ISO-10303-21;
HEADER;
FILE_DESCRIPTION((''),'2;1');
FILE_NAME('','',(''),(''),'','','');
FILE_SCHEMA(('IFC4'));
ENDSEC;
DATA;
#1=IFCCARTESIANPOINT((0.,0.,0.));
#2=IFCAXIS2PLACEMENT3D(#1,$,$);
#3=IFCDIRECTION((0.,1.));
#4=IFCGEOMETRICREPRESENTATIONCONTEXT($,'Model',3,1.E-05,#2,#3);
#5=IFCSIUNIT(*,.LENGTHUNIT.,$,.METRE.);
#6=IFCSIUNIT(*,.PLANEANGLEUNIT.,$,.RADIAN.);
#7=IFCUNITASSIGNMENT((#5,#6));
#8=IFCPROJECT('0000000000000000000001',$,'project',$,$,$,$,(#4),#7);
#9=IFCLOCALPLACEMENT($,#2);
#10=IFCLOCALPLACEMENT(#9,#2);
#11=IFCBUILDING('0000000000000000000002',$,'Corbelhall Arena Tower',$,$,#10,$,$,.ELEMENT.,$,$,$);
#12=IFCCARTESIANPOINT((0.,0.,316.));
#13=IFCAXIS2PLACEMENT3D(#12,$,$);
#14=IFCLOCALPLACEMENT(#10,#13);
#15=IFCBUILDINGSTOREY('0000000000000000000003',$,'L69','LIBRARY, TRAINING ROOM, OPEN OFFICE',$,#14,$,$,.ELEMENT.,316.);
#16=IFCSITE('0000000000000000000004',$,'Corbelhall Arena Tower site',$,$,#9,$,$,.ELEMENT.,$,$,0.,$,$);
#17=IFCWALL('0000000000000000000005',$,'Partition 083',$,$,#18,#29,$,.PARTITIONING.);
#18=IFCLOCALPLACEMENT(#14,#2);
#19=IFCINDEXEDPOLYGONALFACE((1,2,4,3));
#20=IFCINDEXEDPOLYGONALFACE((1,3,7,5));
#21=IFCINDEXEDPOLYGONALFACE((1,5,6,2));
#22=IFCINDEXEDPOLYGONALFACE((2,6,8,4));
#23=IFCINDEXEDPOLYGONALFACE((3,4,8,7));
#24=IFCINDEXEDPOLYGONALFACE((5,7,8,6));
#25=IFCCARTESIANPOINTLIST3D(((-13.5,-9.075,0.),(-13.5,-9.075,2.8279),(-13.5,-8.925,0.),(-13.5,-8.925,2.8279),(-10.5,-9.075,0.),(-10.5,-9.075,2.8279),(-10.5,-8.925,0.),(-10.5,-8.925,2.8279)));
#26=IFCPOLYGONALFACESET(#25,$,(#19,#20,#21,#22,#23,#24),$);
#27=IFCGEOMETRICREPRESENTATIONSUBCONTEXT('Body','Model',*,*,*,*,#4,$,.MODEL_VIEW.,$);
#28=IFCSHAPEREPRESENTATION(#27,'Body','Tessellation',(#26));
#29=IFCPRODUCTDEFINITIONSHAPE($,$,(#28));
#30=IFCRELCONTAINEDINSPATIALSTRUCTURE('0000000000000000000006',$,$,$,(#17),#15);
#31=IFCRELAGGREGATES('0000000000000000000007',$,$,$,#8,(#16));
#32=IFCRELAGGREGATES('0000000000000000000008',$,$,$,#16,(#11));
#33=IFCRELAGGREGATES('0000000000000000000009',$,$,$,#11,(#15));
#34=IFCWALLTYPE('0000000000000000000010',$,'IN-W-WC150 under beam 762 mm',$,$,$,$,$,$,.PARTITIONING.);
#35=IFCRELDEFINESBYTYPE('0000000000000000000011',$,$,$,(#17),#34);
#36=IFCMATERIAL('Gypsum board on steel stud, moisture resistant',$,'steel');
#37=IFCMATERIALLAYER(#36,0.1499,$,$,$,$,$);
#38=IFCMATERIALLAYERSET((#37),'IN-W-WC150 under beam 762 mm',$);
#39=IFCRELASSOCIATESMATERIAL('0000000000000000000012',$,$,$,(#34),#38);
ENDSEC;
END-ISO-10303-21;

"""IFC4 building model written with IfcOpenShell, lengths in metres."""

from ifc_helpers import new_model, si_unit, direction, frame, frame_2d, origin, place, context, subcontext, project, spatial, rectangle, extrude, material, layer, layer_set, type_object, element, save


model = new_model("IFC4")

# Units and contexts
model_context = context("Model", 3, precision=1e-05, world=origin(), true_north=direction((0.0, 1.0)))
body_context = subcontext(model_context, "Body", "Model", "MODEL_VIEW")
ifc_project = project(units=[si_unit("LENGTHUNIT", "METRE"), si_unit("PLANEANGLEUNIT", "RADIAN")], contexts=[model_context])

# Site, building, storey
site_placement = place(None, origin())
site = spatial("IfcSite", under=ifc_project, at=site_placement, Name="Corbelhall Arena Tower site", CompositionType="ELEMENT", RefElevation=0.0)
building_placement = place(site_placement, origin())
building = spatial("IfcBuilding", under=site, at=building_placement, Name="Corbelhall Arena Tower", CompositionType="ELEMENT")
storey_placement = place(building_placement, frame((0.0, 0.0, 316.0)))
storey = spatial("IfcBuildingStorey", under=building, at=storey_placement, Name="L69", Description="LIBRARY, TRAINING ROOM, OPEN OFFICE", CompositionType="ELEMENT", Elevation=316.0)

# Shared definitions
ifc_material_1 = material(Name="Gypsum board on steel stud, moisture resistant", Category="steel")

# Wall
ifc_layer_1 = layer(ifc_material_1, 0.1499)
ifc_layer_set_1 = layer_set([ifc_layer_1], Name="IN-W-WC150 under beam 762 mm")
wall_type_1 = type_object("IfcWallType", Name="IN-W-WC150 under beam 762 mm", PredefinedType="PARTITIONING", material=ifc_layer_set_1)
wall_1_placement = place(storey_placement, frame((-10.5, -9.0, 0.0), z_axis=(0.0, 0.0, 1.0), x_axis=(-1.0, 0.0, 0.0)))
element("IfcWall", 1, at=wall_1_placement, inside=storey, type_object=wall_type_1, Name="Partition 083", PredefinedType="PARTITIONING", context=body_context, shape_type="SweptSolid", body=[
    extrude(rectangle(XDim=3.0, YDim=0.1499, at=frame_2d((1.5, 0.0))), origin(), (0.0, 0.0, 1.0), 2.8279),
])

save(model, "model.ifc")
